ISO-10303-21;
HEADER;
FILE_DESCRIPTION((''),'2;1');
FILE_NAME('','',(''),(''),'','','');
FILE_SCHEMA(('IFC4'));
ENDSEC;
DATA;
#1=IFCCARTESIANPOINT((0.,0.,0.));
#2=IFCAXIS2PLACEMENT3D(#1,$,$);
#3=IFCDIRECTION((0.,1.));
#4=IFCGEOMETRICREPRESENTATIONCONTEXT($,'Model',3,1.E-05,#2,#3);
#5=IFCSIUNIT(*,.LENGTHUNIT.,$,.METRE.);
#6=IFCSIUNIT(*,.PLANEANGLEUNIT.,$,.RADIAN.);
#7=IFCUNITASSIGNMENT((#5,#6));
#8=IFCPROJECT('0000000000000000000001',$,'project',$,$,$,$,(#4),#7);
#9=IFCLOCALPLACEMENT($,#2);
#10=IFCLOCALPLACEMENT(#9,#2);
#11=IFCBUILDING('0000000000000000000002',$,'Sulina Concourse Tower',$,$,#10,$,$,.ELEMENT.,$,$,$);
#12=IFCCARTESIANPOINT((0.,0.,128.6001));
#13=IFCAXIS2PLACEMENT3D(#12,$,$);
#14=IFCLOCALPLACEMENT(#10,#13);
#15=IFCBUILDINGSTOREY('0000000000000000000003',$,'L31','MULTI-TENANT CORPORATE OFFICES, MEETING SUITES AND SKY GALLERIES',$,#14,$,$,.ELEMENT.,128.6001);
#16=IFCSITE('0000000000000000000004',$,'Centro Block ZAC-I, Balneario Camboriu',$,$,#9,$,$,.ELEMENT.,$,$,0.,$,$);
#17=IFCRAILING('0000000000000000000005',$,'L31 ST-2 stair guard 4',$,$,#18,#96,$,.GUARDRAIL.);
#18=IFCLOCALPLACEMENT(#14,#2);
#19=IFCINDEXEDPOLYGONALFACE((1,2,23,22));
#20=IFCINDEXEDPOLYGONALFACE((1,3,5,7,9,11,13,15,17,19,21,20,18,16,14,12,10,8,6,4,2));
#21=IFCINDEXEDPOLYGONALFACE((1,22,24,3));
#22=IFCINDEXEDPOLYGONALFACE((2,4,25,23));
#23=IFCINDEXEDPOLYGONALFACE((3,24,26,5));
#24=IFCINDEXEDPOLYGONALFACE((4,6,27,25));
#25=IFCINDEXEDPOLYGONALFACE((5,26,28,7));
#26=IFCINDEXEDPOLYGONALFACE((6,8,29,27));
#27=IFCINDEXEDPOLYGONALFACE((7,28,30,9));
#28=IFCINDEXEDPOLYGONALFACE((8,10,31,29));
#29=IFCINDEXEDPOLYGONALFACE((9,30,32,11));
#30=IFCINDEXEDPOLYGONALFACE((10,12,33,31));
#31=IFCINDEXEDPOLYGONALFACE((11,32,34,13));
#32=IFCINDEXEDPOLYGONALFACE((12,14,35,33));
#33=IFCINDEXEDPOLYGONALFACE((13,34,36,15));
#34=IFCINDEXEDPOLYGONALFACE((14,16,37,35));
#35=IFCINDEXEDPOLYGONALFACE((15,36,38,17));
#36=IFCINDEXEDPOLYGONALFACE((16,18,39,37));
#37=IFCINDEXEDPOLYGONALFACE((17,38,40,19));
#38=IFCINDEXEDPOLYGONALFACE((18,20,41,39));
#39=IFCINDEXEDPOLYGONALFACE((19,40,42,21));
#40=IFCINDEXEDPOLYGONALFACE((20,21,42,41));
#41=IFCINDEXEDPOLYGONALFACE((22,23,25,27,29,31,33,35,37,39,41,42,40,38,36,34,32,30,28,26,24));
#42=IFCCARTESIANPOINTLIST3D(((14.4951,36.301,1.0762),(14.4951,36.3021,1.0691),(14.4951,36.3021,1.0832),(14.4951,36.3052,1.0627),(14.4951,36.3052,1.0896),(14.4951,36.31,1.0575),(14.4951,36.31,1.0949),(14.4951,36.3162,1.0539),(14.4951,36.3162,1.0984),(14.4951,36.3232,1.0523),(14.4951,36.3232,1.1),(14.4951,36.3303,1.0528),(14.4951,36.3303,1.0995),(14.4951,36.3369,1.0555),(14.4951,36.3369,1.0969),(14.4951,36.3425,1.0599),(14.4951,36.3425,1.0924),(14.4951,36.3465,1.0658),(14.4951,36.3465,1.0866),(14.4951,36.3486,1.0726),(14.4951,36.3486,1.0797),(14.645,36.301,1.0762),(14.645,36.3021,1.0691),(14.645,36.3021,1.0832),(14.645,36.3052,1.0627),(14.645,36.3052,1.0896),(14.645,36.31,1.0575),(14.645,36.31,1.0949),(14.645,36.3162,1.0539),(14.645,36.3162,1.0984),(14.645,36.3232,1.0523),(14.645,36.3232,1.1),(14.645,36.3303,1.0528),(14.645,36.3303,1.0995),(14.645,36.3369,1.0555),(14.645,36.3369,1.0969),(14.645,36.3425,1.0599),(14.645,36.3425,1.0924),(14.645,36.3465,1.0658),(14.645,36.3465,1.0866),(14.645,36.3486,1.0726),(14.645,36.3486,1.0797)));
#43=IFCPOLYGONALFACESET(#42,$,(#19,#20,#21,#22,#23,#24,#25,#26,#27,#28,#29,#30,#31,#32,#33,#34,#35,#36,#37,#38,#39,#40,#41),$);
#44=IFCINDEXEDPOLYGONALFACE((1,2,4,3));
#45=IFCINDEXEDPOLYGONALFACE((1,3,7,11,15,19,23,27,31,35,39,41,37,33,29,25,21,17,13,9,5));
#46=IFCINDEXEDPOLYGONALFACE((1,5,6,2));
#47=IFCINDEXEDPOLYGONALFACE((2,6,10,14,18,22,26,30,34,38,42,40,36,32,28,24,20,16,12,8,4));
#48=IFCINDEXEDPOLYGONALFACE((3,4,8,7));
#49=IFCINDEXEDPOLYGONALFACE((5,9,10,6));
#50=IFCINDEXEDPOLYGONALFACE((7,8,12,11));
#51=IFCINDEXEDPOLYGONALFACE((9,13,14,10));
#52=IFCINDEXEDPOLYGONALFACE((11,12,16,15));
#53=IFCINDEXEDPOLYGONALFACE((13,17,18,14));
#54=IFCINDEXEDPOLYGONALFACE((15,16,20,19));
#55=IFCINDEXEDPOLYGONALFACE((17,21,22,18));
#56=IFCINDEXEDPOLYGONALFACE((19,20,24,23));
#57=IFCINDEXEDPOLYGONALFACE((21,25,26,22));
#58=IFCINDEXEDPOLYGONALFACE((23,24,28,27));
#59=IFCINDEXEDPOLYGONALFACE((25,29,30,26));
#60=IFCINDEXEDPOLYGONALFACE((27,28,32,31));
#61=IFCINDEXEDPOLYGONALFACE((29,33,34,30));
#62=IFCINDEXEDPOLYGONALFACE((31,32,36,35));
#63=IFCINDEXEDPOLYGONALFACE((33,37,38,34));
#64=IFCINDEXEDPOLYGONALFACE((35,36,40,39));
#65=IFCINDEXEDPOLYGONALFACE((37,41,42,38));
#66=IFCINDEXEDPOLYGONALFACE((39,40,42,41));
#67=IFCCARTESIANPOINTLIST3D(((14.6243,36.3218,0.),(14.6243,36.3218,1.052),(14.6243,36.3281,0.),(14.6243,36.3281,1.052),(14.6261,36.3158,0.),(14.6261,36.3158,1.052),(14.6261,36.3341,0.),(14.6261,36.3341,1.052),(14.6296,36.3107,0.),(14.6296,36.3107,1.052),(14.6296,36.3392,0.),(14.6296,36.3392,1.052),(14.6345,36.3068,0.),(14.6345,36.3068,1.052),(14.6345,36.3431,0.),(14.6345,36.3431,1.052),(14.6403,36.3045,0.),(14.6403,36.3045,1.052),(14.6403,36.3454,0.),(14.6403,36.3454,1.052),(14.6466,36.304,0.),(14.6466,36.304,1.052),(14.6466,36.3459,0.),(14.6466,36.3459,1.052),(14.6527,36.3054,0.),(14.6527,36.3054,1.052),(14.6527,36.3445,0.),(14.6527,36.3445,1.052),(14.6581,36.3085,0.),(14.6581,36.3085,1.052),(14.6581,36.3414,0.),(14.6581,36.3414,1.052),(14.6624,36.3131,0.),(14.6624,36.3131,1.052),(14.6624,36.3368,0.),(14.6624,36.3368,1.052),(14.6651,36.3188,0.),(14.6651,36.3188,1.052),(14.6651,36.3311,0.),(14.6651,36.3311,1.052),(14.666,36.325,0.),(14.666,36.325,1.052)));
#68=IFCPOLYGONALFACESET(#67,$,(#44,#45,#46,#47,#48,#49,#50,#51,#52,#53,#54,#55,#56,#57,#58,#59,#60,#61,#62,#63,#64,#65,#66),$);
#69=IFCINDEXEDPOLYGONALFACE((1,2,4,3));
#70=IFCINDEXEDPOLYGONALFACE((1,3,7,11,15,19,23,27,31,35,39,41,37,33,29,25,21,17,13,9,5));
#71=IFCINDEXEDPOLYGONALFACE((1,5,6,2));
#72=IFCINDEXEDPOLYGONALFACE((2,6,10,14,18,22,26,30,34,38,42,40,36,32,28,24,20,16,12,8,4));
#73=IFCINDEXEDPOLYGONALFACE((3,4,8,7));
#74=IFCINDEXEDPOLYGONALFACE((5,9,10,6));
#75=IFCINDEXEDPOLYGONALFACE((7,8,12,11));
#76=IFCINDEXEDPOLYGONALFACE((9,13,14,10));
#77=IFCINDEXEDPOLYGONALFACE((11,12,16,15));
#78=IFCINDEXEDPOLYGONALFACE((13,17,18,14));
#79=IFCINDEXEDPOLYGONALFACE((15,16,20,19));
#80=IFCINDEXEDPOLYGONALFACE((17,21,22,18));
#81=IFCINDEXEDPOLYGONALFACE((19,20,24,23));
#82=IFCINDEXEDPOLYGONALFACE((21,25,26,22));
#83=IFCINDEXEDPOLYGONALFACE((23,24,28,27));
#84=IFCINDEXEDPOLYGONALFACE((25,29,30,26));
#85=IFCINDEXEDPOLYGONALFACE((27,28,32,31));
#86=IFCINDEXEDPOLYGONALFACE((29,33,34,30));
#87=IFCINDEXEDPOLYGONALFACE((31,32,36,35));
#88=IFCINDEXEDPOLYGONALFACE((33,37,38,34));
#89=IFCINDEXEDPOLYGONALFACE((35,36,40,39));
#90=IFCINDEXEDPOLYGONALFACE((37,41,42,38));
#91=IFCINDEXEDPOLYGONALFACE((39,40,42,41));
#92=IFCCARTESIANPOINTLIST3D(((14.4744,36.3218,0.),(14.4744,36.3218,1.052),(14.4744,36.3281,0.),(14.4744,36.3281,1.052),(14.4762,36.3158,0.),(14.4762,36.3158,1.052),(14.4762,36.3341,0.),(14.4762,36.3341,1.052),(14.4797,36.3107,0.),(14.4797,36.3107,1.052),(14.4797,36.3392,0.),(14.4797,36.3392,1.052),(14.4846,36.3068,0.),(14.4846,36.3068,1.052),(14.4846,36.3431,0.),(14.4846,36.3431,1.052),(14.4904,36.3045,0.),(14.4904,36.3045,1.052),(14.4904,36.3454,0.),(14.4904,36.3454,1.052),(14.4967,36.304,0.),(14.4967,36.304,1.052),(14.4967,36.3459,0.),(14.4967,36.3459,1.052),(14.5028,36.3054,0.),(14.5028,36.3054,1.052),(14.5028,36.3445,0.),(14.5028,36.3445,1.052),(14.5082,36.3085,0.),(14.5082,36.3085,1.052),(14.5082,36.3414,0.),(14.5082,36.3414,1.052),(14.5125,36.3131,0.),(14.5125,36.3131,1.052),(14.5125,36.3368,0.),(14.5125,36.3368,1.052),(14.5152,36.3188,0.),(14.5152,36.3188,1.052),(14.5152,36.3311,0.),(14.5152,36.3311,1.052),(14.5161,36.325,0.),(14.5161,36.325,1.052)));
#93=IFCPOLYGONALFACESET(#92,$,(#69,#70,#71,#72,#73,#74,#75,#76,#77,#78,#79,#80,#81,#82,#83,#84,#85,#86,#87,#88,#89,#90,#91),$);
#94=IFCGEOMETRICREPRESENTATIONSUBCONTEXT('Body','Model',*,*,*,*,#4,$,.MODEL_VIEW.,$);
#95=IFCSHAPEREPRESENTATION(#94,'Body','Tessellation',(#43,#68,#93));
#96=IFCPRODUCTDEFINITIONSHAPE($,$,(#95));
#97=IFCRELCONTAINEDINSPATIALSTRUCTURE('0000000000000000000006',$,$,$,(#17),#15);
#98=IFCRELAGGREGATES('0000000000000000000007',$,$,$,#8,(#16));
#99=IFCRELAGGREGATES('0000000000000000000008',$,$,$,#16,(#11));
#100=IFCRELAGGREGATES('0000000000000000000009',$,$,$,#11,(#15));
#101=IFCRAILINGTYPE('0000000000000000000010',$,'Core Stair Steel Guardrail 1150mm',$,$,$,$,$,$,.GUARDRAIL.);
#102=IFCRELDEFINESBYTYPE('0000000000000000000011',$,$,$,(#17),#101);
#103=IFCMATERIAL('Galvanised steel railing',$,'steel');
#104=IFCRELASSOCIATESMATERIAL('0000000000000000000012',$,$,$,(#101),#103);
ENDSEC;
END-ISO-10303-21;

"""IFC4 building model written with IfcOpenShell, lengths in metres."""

from ifc_helpers import new_model, si_unit, direction, frame, origin, origin_2d, place, context, subcontext, project, spatial, circle, extrude, material, type_object, element, save


model = new_model("IFC4")

# Units and contexts
model_context = context("Model", 3, precision=1e-05, world=origin(), true_north=direction((0.0, 1.0)))
body_context = subcontext(model_context, "Body", "Model", "MODEL_VIEW")
ifc_project = project(units=[si_unit("LENGTHUNIT", "METRE"), si_unit("PLANEANGLEUNIT", "RADIAN")], contexts=[model_context])

# Site, building, storey
site_placement = place(None, origin())
site = spatial("IfcSite", under=ifc_project, at=site_placement, Name="Centro Block ZAC-I, Balneario Camboriu", CompositionType="ELEMENT", RefElevation=0.0)
building_placement = place(site_placement, origin())
building = spatial("IfcBuilding", under=site, at=building_placement, Name="Sulina Concourse Tower", CompositionType="ELEMENT")
storey_placement = place(building_placement, frame((0.0, 0.0, 128.6001)))
storey = spatial("IfcBuildingStorey", under=building, at=storey_placement, Name="L31", Description="MULTI-TENANT CORPORATE OFFICES, MEETING SUITES AND SKY GALLERIES", CompositionType="ELEMENT", Elevation=128.6001)

# Railing
ifc_material_1 = material(Name="Galvanised steel railing", Category="steel")
railing_type_1 = type_object("IfcRailingType", Name="Core Stair Steel Guardrail 1150mm", PredefinedType="GUARDRAIL", material=ifc_material_1)
railing_1_placement = place(storey_placement, frame((14.645, 36.325, 0.0)))
element("IfcRailing", 1, at=railing_1_placement, inside=storey, type_object=railing_type_1, Name="L31 ST-2 stair guard 4", PredefinedType="GUARDRAIL", context=body_context, shape_type="SweptSolid", body=[
    extrude(circle(Radius=0.0239, at=origin_2d()), frame((0.0, 0.0, 1.0762), z_axis=(-1.0, 0.0, 0.0), x_axis=(0.0, -1.0, 0.0)), (0.0, 0.0, 1.0), 0.1499),
    extrude(circle(Radius=0.021, at=origin_2d()), origin(), (0.0, 0.0, 1.0), 1.052),
    extrude(circle(Radius=0.021, at=origin_2d()), frame((-0.1499, 0.0, 0.0)), (0.0, 0.0, 1.0), 1.052),
])

save(model, "model.ifc")
